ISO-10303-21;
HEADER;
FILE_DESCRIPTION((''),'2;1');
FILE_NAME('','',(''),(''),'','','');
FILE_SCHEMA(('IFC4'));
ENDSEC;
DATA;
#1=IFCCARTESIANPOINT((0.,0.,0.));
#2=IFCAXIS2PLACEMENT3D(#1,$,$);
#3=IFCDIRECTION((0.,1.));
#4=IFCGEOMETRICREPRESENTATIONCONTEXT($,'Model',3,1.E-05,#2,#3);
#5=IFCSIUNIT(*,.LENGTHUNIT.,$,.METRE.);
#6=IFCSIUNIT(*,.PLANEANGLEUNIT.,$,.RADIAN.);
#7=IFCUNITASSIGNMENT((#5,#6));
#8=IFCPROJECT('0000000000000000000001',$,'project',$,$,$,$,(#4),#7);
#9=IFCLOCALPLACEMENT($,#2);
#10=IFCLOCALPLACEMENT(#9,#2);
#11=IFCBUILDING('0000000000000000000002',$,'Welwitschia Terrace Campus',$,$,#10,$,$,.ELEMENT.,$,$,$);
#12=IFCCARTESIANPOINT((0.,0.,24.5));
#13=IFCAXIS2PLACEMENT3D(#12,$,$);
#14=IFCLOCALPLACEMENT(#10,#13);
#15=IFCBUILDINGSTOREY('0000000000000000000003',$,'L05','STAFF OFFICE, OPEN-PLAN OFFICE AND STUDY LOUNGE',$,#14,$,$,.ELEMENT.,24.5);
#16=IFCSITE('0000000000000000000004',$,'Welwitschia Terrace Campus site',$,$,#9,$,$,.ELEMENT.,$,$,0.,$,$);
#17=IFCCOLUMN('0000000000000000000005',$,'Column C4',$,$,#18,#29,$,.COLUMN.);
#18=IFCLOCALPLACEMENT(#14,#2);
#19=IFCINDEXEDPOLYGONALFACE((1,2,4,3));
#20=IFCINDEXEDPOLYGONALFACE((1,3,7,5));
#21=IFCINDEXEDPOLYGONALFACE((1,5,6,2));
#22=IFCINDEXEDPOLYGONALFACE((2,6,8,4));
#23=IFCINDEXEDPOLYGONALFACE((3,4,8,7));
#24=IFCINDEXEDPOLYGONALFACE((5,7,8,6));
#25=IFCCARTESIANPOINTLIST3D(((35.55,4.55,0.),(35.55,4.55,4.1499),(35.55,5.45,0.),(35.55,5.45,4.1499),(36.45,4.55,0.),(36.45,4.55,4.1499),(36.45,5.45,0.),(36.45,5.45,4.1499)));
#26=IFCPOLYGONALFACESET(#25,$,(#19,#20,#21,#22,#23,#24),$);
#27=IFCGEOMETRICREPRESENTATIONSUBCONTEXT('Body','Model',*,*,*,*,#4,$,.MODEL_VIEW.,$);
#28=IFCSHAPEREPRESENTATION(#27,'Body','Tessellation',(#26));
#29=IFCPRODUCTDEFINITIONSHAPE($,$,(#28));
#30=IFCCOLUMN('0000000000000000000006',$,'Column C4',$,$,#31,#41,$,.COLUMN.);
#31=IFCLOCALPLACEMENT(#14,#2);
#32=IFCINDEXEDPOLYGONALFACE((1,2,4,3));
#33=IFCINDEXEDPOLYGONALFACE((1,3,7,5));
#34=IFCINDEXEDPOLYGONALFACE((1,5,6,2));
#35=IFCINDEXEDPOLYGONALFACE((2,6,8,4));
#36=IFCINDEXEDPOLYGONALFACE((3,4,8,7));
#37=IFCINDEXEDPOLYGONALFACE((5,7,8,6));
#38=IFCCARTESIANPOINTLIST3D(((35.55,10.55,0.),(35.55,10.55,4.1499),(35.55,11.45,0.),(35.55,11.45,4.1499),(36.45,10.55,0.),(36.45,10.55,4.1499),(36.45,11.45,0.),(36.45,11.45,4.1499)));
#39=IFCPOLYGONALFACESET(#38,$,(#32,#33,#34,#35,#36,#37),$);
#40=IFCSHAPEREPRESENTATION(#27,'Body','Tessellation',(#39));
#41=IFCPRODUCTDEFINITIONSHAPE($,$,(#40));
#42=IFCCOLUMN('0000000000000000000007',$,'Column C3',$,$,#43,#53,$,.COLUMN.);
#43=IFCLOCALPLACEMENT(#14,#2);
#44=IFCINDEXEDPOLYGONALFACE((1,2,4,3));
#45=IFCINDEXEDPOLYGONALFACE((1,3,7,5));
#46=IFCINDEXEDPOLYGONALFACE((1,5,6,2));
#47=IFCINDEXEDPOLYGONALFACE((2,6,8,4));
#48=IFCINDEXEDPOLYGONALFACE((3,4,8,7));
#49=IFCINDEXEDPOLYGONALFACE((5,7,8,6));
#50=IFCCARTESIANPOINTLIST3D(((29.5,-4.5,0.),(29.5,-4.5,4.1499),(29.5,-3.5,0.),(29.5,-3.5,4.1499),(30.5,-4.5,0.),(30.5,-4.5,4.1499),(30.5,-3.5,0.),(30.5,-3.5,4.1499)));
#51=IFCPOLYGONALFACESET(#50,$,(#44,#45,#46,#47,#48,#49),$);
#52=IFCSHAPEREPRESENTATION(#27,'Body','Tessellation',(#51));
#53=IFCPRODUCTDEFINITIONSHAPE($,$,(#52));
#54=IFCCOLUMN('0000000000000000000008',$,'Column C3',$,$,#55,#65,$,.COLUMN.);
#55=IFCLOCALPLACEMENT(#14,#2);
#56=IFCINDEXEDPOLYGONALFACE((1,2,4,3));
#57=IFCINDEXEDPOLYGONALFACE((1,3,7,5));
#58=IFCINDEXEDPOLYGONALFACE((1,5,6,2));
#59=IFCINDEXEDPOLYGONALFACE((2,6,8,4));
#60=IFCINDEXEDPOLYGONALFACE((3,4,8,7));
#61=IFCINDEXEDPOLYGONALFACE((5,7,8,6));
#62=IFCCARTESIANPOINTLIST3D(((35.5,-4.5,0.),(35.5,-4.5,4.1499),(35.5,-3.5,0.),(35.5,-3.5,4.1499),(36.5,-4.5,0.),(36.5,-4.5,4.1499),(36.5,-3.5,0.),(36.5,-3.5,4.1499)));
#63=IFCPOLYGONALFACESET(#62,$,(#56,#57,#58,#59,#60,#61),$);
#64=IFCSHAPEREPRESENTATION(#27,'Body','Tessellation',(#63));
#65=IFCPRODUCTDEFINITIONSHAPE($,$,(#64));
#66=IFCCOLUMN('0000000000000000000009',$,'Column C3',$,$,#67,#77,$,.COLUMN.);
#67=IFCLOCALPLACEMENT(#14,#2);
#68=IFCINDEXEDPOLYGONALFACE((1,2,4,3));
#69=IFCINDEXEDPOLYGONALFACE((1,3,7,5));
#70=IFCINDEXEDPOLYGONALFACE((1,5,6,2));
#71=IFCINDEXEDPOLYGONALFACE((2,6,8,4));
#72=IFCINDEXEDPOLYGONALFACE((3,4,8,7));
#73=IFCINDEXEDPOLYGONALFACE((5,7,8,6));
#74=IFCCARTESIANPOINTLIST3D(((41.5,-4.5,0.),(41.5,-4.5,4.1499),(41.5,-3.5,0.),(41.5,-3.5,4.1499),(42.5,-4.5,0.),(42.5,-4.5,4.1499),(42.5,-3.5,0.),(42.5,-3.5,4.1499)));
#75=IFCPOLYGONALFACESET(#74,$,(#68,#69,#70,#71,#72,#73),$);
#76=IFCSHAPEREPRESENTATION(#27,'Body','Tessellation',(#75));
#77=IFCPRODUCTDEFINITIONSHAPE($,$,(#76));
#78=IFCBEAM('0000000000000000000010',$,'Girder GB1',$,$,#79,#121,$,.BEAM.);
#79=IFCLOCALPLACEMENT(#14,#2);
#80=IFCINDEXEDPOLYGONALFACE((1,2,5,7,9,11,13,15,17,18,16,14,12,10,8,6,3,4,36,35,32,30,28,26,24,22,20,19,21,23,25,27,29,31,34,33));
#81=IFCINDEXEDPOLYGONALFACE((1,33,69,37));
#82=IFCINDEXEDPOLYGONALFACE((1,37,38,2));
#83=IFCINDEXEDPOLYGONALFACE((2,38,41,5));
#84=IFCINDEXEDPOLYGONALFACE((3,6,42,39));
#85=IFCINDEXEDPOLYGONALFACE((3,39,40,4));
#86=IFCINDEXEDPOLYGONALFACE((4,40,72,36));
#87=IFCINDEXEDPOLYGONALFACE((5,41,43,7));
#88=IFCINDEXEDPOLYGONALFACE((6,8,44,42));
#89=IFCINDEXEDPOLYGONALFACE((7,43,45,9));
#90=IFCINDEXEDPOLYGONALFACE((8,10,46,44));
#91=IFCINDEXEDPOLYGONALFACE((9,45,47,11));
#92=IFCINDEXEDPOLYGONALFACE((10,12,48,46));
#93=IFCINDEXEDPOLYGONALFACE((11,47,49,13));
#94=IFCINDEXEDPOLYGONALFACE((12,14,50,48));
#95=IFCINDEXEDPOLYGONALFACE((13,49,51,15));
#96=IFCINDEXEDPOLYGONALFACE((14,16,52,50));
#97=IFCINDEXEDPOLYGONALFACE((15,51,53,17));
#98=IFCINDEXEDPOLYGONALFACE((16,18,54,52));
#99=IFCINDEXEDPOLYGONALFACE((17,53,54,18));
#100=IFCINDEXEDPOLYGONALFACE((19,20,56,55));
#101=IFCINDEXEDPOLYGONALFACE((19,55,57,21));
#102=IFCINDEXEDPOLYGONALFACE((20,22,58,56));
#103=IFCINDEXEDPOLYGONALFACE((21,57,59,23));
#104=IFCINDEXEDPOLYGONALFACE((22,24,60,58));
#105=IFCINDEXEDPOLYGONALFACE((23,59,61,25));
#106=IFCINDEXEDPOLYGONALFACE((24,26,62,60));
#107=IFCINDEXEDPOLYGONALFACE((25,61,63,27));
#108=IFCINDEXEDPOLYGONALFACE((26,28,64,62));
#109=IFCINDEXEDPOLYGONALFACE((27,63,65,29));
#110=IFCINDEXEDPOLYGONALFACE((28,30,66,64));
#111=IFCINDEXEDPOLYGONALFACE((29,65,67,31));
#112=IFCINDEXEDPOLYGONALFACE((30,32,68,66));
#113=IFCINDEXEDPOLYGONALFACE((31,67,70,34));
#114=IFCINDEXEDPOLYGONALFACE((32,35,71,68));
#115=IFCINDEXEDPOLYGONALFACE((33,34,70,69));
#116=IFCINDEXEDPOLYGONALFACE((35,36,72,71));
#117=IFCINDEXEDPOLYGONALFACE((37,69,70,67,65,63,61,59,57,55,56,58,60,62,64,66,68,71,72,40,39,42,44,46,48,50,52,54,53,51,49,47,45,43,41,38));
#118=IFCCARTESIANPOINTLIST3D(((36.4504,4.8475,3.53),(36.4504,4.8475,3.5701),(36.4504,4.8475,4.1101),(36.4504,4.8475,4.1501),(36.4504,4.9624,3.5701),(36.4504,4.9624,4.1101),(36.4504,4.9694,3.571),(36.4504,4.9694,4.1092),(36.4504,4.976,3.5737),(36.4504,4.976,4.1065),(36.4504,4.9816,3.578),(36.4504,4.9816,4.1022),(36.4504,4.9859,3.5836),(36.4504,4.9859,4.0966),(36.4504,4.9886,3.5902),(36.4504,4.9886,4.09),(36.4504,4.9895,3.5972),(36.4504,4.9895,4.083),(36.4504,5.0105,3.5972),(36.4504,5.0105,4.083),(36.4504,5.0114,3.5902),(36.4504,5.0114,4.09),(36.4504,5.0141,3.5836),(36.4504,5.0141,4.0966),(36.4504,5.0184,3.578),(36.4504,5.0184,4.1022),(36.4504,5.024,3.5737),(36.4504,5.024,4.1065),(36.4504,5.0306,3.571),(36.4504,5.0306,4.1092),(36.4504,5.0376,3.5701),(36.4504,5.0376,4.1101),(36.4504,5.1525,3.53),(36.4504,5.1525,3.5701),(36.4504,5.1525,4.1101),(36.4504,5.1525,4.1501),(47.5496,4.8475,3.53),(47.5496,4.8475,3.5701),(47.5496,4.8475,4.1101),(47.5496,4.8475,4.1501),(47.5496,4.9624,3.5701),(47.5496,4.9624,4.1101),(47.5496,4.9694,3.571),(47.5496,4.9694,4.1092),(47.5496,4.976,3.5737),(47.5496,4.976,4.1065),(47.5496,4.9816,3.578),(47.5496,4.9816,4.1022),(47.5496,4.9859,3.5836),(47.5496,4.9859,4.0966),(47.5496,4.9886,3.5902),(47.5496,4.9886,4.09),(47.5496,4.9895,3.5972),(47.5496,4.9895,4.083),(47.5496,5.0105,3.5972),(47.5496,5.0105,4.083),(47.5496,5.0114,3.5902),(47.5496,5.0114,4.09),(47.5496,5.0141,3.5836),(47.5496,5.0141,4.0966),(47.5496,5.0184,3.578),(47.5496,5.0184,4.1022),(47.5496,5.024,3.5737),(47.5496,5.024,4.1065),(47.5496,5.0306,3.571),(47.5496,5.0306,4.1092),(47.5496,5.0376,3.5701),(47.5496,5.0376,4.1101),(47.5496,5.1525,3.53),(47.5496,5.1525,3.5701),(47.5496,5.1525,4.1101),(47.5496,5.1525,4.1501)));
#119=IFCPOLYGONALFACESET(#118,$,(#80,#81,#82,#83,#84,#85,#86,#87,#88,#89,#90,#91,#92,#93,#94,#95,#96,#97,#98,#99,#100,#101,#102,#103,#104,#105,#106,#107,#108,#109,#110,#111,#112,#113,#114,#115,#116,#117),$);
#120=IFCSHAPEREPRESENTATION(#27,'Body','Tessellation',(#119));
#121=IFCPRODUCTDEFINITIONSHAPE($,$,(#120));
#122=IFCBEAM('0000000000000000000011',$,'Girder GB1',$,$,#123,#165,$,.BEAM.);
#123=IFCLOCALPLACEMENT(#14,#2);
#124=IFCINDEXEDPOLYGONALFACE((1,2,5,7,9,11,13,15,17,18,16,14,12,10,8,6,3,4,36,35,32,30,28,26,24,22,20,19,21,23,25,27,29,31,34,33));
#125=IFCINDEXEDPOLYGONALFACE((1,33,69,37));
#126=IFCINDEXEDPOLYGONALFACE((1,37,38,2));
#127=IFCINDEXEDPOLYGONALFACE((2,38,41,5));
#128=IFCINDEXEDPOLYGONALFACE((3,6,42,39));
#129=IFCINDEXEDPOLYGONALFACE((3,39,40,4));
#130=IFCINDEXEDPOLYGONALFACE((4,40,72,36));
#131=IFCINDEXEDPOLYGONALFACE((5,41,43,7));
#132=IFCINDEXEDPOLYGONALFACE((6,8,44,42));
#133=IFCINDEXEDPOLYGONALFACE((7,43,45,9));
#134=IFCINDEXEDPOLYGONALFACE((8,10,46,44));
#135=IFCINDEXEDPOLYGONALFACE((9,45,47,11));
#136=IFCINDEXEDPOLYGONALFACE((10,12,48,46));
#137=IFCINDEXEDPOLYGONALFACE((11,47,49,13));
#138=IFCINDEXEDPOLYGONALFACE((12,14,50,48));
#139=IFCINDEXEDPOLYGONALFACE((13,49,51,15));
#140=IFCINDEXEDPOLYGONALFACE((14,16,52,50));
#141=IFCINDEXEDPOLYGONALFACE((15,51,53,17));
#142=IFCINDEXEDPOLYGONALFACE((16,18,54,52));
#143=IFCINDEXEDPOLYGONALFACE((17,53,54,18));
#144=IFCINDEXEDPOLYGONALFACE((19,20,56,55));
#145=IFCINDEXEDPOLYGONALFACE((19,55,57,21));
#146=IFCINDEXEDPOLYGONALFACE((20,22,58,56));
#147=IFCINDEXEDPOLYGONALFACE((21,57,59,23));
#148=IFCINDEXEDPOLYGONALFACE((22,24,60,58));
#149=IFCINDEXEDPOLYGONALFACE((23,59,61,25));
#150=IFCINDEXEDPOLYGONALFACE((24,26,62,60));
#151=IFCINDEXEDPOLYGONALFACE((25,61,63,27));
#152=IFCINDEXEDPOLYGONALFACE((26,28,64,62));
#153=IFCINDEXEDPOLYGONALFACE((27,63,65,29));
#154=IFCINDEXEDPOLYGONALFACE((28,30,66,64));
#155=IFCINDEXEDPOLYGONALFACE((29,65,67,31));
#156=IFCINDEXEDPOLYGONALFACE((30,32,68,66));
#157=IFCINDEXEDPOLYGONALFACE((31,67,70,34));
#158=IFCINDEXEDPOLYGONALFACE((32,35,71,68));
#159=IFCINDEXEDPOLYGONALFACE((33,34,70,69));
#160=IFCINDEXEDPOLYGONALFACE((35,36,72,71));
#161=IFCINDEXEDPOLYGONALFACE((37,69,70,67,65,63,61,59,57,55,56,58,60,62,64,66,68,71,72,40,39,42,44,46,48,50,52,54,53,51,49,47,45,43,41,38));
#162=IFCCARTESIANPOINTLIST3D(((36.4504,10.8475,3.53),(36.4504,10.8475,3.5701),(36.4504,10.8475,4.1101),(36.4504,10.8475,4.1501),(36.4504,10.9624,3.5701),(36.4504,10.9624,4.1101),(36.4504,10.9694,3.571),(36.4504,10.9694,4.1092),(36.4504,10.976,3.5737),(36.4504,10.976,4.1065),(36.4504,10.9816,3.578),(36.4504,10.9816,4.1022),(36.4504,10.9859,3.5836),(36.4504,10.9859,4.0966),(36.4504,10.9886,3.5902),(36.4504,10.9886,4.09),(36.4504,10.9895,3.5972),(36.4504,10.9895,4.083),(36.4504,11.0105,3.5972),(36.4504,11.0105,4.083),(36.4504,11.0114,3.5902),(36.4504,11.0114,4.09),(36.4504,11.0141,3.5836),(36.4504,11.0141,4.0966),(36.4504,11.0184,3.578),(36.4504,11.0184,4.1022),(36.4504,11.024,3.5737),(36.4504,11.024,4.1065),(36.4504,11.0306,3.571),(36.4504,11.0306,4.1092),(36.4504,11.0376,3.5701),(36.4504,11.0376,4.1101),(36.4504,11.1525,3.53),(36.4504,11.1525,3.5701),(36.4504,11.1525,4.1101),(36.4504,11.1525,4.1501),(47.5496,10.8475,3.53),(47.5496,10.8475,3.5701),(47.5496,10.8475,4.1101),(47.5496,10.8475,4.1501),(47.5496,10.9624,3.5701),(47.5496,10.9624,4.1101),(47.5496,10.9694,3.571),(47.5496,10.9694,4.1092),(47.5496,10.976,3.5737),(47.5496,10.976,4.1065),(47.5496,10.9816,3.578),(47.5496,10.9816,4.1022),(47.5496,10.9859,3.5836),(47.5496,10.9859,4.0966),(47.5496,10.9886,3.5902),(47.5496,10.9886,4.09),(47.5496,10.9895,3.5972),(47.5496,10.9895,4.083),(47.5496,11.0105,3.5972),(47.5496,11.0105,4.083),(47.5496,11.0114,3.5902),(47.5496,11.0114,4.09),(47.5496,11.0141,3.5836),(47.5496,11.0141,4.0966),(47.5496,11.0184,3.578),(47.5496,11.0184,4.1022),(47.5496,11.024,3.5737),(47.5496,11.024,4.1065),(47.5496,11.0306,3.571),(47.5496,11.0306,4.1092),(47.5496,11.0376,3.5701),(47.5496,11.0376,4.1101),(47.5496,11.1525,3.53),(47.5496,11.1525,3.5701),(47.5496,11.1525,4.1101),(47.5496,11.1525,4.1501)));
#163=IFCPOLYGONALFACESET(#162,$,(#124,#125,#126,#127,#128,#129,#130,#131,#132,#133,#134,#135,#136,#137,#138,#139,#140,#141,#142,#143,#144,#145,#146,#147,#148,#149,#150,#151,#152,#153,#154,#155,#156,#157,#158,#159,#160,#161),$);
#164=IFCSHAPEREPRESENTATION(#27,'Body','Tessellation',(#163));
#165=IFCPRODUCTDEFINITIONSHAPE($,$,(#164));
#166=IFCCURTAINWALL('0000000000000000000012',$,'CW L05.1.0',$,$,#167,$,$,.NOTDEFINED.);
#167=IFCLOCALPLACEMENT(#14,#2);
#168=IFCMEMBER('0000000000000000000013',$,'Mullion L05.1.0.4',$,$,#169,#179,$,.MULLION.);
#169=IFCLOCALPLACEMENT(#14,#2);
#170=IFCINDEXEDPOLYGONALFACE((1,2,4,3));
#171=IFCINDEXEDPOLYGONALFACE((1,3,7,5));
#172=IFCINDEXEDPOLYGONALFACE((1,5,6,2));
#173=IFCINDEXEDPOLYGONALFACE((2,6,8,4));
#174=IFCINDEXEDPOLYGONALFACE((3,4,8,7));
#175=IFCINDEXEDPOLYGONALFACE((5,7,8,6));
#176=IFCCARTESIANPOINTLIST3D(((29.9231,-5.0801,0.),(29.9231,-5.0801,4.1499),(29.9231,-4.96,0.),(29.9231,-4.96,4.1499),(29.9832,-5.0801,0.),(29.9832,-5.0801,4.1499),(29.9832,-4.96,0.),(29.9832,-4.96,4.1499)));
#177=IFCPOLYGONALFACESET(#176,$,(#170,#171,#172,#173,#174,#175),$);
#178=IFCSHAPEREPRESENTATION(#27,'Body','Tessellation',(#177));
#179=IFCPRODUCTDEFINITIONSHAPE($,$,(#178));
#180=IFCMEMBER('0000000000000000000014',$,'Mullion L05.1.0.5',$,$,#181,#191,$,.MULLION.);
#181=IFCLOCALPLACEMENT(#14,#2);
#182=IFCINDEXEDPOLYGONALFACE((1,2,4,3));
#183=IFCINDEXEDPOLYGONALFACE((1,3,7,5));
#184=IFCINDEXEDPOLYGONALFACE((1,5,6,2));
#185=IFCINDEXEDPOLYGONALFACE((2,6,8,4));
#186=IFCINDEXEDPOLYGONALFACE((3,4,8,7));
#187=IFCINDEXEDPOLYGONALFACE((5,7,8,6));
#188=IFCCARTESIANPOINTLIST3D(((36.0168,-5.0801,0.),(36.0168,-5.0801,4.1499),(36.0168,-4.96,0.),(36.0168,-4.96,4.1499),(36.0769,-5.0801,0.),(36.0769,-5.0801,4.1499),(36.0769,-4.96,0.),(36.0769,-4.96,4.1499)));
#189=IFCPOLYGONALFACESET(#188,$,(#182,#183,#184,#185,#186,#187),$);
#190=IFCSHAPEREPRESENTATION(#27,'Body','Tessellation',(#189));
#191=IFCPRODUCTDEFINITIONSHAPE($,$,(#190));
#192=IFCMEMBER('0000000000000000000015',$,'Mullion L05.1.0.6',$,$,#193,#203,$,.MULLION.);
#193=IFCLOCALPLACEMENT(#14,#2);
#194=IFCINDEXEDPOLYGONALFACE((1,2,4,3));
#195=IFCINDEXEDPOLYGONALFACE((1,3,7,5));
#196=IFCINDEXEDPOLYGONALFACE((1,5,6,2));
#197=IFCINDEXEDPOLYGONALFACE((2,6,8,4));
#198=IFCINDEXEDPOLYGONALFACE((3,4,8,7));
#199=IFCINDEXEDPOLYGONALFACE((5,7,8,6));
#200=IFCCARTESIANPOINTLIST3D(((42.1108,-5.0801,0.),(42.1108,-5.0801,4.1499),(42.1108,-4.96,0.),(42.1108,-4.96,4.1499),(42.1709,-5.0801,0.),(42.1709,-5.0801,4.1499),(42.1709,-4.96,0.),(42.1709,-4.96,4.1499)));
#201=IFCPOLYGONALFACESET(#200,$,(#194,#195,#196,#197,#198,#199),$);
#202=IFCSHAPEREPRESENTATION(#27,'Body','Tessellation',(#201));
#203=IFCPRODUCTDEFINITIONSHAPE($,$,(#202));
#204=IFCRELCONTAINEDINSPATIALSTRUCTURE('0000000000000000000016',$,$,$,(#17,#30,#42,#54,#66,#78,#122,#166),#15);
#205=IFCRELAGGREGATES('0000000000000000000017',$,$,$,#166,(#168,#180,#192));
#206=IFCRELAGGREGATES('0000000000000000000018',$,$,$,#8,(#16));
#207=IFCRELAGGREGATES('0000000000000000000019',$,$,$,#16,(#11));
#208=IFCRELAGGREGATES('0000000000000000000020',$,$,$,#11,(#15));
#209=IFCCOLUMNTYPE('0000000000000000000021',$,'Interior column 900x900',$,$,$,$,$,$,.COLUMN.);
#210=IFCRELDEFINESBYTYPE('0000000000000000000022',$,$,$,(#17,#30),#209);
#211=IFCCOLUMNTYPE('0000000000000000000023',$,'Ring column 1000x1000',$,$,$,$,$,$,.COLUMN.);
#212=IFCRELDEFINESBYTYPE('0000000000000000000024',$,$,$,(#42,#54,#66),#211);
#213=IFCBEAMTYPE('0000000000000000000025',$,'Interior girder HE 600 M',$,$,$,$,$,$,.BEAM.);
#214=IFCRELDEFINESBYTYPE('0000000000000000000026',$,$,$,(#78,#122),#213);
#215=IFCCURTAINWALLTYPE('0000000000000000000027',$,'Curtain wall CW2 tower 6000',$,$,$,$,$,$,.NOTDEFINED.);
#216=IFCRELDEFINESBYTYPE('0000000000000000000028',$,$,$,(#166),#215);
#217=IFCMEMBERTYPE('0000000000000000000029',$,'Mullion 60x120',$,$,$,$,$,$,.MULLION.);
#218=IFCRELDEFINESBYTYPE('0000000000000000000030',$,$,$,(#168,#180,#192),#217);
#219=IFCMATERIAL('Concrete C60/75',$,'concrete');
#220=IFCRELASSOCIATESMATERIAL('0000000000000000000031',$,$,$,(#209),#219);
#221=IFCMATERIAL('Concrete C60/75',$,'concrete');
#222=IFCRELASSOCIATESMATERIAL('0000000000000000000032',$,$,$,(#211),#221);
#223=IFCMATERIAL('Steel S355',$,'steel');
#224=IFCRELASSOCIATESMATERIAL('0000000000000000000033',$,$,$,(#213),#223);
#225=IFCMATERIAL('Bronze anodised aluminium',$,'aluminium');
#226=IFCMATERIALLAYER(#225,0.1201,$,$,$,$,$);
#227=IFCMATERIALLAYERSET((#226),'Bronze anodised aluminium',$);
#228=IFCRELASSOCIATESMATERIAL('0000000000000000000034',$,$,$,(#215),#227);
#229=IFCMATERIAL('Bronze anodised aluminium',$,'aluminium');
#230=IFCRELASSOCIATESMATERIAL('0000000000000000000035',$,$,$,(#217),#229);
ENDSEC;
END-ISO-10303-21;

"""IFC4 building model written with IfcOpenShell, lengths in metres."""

from ifc_helpers import new_model, si_unit, direction, frame, origin, origin_2d, place, context, subcontext, project, spatial, rectangle, i_section, extrude, material, layer, layer_set, material_profile, profile_set, type_object, element, aggregate, save


model = new_model("IFC4")

# Units and contexts
model_context = context("Model", 3, precision=1e-05, world=origin(), true_north=direction((0.0, 1.0)))
body_context = subcontext(model_context, "Body", "Model", "MODEL_VIEW")
ifc_project = project(units=[si_unit("LENGTHUNIT", "METRE"), si_unit("PLANEANGLEUNIT", "RADIAN")], contexts=[model_context])

# Site, building, storey
site_placement = place(None, origin())
site = spatial("IfcSite", under=ifc_project, at=site_placement, Name="Welwitschia Terrace Campus site", CompositionType="ELEMENT", RefElevation=0.0)
building_placement = place(site_placement, origin())
building = spatial("IfcBuilding", under=site, at=building_placement, Name="Welwitschia Terrace Campus", CompositionType="ELEMENT")
storey_placement = place(building_placement, frame((0.0, 0.0, 24.5)))
storey = spatial("IfcBuildingStorey", under=building, at=storey_placement, Name="L05", Description="STAFF OFFICE, OPEN-PLAN OFFICE AND STUDY LOUNGE", CompositionType="ELEMENT", Elevation=24.5)

# Columns
ifc_material_1 = material(Name="Concrete C60/75", Category="concrete")
ifc_material_profile_1 = material_profile(ifc_material_1, rectangle(XDim=0.8999, YDim=0.8999, at=origin_2d()))
ifc_profile_set_1 = profile_set([ifc_material_profile_1], Name="Concrete C60/75")
column_type_1 = type_object("IfcColumnType", Name="Interior column 900x900", PredefinedType="COLUMN", material=ifc_profile_set_1)
for number, where, z_axis, x_axis, name in (
    (1, (36.0, 5.0, 0.0), (0.0, 0.0, 1.0), (1.0, 0.0, 0.0), "Column C4"),
    (2, (36.0, 11.0, 0.0), (0.0, 0.0, 1.0), (1.0, 0.0, 0.0), "Column C4"),
):
    element("IfcColumn", number, at=place(storey_placement, frame(where, z_axis=z_axis, x_axis=x_axis)), inside=storey, type_object=column_type_1, Name=name, PredefinedType="COLUMN", context=body_context, shape_type="SweptSolid", body=[
        extrude(rectangle(XDim=0.8999, YDim=0.8999, at=origin_2d()), origin(), (0.0, 0.0, 1.0), 4.1499),
    ])
ifc_material_2 = material(Name="Concrete C60/75", Category="concrete")
ifc_material_profile_2 = material_profile(ifc_material_2, rectangle(XDim=1.0, YDim=1.0, at=origin_2d()))
ifc_profile_set_2 = profile_set([ifc_material_profile_2], Name="Concrete C60/75")
column_type_2 = type_object("IfcColumnType", Name="Ring column 1000x1000", PredefinedType="COLUMN", material=ifc_profile_set_2)
for number, where, z_axis, x_axis, name in (
    (3, (30.0, -4.0, 0.0), (0.0, 0.0, 1.0), (1.0, 0.0, 0.0), "Column C3"),
    (4, (36.0, -4.0, 0.0), (0.0, 0.0, 1.0), (1.0, 0.0, 0.0), "Column C3"),
    (5, (42.0, -4.0, 0.0), (0.0, 0.0, 1.0), (1.0, 0.0, 0.0), "Column C3"),
):
    element("IfcColumn", number, at=place(storey_placement, frame(where, z_axis=z_axis, x_axis=x_axis)), inside=storey, type_object=column_type_2, Name=name, PredefinedType="COLUMN", context=body_context, shape_type="SweptSolid", body=[
        extrude(rectangle(XDim=1.0, YDim=1.0, at=origin_2d()), origin(), (0.0, 0.0, 1.0), 4.1499),
    ])

# Beams
ifc_material_3 = material(Name="Steel S355", Category="steel")
ifc_material_profile_3 = material_profile(ifc_material_3, i_section(OverallWidth=0.3049, OverallDepth=0.6201, WebThickness=0.021, FlangeThickness=0.04, FilletRadius=0.0271, at=origin_2d()))
ifc_profile_set_3 = profile_set([ifc_material_profile_3], Name="Steel S355")
beam_type_1 = type_object("IfcBeamType", Name="Interior girder HE 600 M", PredefinedType="BEAM", material=ifc_profile_set_3)
for number, where, z_axis, x_axis, name in (
    (6, (36.4504, 5.0, 3.8401), (1.0, 0.0, 0.0), (0.0, 1.0, 0.0), "Girder GB1"),
    (7, (36.4504, 11.0, 3.8401), (1.0, 0.0, 0.0), (0.0, 1.0, 0.0), "Girder GB1"),
):
    element("IfcBeam", number, at=place(storey_placement, frame(where, z_axis=z_axis, x_axis=x_axis)), inside=storey, type_object=beam_type_1, Name=name, PredefinedType="BEAM", context=body_context, shape_type="SweptSolid", body=[
        extrude(i_section(OverallWidth=0.3049, OverallDepth=0.6201, WebThickness=0.021, FlangeThickness=0.04, FilletRadius=0.0271, at=origin_2d()), origin(), (0.0, 0.0, 1.0), 11.0991),
    ])

# Curtain wall, members
ifc_material_4 = material(Name="Bronze anodised aluminium", Category="aluminium")
ifc_layer_1 = layer(ifc_material_4, 0.1201)
ifc_layer_set_1 = layer_set([ifc_layer_1], Name="Bronze anodised aluminium")
curtain_wall_type = type_object("IfcCurtainWallType", Name="Curtain wall CW2 tower 6000", PredefinedType="NOTDEFINED", material=ifc_layer_set_1)
curtain_wall_placement = place(storey_placement, origin())
curtain_wall = element("IfcCurtainWall", 8, at=curtain_wall_placement, inside=storey, type_object=curtain_wall_type, Name="CW L05.1.0", PredefinedType="NOTDEFINED")
ifc_material_5 = material(Name="Bronze anodised aluminium", Category="aluminium")
ifc_material_profile_4 = material_profile(ifc_material_5, rectangle(XDim=0.1201, YDim=0.0601, at=origin_2d()))
ifc_profile_set_4 = profile_set([ifc_material_profile_4], Name="Bronze anodised aluminium")
member_type = type_object("IfcMemberType", Name="Mullion 60x120", PredefinedType="MULLION", material=ifc_profile_set_4)
member_1_placement = place(storey_placement, frame((29.9531, -5.02, 0.0), z_axis=(0.0, 0.0, 1.0), x_axis=(0.0, 1.0, 0.0)))
member_1 = element("IfcMember", 9, at=member_1_placement, type_object=member_type, Name="Mullion L05.1.0.4", PredefinedType="MULLION", context=body_context, shape_type="SweptSolid", body=[
    extrude(rectangle(XDim=0.1201, YDim=0.0601, at=origin_2d()), origin(), (0.0, 0.0, 1.0), 4.1499),
])
member_2_placement = place(storey_placement, frame((36.0469, -5.02, 0.0), z_axis=(0.0, 0.0, 1.0), x_axis=(0.0, 1.0, 0.0)))
member_2 = element("IfcMember", 10, at=member_2_placement, type_object=member_type, Name="Mullion L05.1.0.5", PredefinedType="MULLION", context=body_context, shape_type="SweptSolid", body=[
    extrude(rectangle(XDim=0.1201, YDim=0.0601, at=origin_2d()), origin(), (0.0, 0.0, 1.0), 4.1499),
])
member_3_placement = place(storey_placement, frame((42.1409, -5.02, 0.0), z_axis=(0.0, 0.0, 1.0), x_axis=(0.0, 1.0, 0.0)))
member_3 = element("IfcMember", 11, at=member_3_placement, type_object=member_type, Name="Mullion L05.1.0.6", PredefinedType="MULLION", context=body_context, shape_type="SweptSolid", body=[
    extrude(rectangle(XDim=0.1201, YDim=0.0601, at=origin_2d()), origin(), (0.0, 0.0, 1.0), 4.1499),
])

aggregate(curtain_wall, [member_1, member_2, member_3])

save(model, "model.ifc")
